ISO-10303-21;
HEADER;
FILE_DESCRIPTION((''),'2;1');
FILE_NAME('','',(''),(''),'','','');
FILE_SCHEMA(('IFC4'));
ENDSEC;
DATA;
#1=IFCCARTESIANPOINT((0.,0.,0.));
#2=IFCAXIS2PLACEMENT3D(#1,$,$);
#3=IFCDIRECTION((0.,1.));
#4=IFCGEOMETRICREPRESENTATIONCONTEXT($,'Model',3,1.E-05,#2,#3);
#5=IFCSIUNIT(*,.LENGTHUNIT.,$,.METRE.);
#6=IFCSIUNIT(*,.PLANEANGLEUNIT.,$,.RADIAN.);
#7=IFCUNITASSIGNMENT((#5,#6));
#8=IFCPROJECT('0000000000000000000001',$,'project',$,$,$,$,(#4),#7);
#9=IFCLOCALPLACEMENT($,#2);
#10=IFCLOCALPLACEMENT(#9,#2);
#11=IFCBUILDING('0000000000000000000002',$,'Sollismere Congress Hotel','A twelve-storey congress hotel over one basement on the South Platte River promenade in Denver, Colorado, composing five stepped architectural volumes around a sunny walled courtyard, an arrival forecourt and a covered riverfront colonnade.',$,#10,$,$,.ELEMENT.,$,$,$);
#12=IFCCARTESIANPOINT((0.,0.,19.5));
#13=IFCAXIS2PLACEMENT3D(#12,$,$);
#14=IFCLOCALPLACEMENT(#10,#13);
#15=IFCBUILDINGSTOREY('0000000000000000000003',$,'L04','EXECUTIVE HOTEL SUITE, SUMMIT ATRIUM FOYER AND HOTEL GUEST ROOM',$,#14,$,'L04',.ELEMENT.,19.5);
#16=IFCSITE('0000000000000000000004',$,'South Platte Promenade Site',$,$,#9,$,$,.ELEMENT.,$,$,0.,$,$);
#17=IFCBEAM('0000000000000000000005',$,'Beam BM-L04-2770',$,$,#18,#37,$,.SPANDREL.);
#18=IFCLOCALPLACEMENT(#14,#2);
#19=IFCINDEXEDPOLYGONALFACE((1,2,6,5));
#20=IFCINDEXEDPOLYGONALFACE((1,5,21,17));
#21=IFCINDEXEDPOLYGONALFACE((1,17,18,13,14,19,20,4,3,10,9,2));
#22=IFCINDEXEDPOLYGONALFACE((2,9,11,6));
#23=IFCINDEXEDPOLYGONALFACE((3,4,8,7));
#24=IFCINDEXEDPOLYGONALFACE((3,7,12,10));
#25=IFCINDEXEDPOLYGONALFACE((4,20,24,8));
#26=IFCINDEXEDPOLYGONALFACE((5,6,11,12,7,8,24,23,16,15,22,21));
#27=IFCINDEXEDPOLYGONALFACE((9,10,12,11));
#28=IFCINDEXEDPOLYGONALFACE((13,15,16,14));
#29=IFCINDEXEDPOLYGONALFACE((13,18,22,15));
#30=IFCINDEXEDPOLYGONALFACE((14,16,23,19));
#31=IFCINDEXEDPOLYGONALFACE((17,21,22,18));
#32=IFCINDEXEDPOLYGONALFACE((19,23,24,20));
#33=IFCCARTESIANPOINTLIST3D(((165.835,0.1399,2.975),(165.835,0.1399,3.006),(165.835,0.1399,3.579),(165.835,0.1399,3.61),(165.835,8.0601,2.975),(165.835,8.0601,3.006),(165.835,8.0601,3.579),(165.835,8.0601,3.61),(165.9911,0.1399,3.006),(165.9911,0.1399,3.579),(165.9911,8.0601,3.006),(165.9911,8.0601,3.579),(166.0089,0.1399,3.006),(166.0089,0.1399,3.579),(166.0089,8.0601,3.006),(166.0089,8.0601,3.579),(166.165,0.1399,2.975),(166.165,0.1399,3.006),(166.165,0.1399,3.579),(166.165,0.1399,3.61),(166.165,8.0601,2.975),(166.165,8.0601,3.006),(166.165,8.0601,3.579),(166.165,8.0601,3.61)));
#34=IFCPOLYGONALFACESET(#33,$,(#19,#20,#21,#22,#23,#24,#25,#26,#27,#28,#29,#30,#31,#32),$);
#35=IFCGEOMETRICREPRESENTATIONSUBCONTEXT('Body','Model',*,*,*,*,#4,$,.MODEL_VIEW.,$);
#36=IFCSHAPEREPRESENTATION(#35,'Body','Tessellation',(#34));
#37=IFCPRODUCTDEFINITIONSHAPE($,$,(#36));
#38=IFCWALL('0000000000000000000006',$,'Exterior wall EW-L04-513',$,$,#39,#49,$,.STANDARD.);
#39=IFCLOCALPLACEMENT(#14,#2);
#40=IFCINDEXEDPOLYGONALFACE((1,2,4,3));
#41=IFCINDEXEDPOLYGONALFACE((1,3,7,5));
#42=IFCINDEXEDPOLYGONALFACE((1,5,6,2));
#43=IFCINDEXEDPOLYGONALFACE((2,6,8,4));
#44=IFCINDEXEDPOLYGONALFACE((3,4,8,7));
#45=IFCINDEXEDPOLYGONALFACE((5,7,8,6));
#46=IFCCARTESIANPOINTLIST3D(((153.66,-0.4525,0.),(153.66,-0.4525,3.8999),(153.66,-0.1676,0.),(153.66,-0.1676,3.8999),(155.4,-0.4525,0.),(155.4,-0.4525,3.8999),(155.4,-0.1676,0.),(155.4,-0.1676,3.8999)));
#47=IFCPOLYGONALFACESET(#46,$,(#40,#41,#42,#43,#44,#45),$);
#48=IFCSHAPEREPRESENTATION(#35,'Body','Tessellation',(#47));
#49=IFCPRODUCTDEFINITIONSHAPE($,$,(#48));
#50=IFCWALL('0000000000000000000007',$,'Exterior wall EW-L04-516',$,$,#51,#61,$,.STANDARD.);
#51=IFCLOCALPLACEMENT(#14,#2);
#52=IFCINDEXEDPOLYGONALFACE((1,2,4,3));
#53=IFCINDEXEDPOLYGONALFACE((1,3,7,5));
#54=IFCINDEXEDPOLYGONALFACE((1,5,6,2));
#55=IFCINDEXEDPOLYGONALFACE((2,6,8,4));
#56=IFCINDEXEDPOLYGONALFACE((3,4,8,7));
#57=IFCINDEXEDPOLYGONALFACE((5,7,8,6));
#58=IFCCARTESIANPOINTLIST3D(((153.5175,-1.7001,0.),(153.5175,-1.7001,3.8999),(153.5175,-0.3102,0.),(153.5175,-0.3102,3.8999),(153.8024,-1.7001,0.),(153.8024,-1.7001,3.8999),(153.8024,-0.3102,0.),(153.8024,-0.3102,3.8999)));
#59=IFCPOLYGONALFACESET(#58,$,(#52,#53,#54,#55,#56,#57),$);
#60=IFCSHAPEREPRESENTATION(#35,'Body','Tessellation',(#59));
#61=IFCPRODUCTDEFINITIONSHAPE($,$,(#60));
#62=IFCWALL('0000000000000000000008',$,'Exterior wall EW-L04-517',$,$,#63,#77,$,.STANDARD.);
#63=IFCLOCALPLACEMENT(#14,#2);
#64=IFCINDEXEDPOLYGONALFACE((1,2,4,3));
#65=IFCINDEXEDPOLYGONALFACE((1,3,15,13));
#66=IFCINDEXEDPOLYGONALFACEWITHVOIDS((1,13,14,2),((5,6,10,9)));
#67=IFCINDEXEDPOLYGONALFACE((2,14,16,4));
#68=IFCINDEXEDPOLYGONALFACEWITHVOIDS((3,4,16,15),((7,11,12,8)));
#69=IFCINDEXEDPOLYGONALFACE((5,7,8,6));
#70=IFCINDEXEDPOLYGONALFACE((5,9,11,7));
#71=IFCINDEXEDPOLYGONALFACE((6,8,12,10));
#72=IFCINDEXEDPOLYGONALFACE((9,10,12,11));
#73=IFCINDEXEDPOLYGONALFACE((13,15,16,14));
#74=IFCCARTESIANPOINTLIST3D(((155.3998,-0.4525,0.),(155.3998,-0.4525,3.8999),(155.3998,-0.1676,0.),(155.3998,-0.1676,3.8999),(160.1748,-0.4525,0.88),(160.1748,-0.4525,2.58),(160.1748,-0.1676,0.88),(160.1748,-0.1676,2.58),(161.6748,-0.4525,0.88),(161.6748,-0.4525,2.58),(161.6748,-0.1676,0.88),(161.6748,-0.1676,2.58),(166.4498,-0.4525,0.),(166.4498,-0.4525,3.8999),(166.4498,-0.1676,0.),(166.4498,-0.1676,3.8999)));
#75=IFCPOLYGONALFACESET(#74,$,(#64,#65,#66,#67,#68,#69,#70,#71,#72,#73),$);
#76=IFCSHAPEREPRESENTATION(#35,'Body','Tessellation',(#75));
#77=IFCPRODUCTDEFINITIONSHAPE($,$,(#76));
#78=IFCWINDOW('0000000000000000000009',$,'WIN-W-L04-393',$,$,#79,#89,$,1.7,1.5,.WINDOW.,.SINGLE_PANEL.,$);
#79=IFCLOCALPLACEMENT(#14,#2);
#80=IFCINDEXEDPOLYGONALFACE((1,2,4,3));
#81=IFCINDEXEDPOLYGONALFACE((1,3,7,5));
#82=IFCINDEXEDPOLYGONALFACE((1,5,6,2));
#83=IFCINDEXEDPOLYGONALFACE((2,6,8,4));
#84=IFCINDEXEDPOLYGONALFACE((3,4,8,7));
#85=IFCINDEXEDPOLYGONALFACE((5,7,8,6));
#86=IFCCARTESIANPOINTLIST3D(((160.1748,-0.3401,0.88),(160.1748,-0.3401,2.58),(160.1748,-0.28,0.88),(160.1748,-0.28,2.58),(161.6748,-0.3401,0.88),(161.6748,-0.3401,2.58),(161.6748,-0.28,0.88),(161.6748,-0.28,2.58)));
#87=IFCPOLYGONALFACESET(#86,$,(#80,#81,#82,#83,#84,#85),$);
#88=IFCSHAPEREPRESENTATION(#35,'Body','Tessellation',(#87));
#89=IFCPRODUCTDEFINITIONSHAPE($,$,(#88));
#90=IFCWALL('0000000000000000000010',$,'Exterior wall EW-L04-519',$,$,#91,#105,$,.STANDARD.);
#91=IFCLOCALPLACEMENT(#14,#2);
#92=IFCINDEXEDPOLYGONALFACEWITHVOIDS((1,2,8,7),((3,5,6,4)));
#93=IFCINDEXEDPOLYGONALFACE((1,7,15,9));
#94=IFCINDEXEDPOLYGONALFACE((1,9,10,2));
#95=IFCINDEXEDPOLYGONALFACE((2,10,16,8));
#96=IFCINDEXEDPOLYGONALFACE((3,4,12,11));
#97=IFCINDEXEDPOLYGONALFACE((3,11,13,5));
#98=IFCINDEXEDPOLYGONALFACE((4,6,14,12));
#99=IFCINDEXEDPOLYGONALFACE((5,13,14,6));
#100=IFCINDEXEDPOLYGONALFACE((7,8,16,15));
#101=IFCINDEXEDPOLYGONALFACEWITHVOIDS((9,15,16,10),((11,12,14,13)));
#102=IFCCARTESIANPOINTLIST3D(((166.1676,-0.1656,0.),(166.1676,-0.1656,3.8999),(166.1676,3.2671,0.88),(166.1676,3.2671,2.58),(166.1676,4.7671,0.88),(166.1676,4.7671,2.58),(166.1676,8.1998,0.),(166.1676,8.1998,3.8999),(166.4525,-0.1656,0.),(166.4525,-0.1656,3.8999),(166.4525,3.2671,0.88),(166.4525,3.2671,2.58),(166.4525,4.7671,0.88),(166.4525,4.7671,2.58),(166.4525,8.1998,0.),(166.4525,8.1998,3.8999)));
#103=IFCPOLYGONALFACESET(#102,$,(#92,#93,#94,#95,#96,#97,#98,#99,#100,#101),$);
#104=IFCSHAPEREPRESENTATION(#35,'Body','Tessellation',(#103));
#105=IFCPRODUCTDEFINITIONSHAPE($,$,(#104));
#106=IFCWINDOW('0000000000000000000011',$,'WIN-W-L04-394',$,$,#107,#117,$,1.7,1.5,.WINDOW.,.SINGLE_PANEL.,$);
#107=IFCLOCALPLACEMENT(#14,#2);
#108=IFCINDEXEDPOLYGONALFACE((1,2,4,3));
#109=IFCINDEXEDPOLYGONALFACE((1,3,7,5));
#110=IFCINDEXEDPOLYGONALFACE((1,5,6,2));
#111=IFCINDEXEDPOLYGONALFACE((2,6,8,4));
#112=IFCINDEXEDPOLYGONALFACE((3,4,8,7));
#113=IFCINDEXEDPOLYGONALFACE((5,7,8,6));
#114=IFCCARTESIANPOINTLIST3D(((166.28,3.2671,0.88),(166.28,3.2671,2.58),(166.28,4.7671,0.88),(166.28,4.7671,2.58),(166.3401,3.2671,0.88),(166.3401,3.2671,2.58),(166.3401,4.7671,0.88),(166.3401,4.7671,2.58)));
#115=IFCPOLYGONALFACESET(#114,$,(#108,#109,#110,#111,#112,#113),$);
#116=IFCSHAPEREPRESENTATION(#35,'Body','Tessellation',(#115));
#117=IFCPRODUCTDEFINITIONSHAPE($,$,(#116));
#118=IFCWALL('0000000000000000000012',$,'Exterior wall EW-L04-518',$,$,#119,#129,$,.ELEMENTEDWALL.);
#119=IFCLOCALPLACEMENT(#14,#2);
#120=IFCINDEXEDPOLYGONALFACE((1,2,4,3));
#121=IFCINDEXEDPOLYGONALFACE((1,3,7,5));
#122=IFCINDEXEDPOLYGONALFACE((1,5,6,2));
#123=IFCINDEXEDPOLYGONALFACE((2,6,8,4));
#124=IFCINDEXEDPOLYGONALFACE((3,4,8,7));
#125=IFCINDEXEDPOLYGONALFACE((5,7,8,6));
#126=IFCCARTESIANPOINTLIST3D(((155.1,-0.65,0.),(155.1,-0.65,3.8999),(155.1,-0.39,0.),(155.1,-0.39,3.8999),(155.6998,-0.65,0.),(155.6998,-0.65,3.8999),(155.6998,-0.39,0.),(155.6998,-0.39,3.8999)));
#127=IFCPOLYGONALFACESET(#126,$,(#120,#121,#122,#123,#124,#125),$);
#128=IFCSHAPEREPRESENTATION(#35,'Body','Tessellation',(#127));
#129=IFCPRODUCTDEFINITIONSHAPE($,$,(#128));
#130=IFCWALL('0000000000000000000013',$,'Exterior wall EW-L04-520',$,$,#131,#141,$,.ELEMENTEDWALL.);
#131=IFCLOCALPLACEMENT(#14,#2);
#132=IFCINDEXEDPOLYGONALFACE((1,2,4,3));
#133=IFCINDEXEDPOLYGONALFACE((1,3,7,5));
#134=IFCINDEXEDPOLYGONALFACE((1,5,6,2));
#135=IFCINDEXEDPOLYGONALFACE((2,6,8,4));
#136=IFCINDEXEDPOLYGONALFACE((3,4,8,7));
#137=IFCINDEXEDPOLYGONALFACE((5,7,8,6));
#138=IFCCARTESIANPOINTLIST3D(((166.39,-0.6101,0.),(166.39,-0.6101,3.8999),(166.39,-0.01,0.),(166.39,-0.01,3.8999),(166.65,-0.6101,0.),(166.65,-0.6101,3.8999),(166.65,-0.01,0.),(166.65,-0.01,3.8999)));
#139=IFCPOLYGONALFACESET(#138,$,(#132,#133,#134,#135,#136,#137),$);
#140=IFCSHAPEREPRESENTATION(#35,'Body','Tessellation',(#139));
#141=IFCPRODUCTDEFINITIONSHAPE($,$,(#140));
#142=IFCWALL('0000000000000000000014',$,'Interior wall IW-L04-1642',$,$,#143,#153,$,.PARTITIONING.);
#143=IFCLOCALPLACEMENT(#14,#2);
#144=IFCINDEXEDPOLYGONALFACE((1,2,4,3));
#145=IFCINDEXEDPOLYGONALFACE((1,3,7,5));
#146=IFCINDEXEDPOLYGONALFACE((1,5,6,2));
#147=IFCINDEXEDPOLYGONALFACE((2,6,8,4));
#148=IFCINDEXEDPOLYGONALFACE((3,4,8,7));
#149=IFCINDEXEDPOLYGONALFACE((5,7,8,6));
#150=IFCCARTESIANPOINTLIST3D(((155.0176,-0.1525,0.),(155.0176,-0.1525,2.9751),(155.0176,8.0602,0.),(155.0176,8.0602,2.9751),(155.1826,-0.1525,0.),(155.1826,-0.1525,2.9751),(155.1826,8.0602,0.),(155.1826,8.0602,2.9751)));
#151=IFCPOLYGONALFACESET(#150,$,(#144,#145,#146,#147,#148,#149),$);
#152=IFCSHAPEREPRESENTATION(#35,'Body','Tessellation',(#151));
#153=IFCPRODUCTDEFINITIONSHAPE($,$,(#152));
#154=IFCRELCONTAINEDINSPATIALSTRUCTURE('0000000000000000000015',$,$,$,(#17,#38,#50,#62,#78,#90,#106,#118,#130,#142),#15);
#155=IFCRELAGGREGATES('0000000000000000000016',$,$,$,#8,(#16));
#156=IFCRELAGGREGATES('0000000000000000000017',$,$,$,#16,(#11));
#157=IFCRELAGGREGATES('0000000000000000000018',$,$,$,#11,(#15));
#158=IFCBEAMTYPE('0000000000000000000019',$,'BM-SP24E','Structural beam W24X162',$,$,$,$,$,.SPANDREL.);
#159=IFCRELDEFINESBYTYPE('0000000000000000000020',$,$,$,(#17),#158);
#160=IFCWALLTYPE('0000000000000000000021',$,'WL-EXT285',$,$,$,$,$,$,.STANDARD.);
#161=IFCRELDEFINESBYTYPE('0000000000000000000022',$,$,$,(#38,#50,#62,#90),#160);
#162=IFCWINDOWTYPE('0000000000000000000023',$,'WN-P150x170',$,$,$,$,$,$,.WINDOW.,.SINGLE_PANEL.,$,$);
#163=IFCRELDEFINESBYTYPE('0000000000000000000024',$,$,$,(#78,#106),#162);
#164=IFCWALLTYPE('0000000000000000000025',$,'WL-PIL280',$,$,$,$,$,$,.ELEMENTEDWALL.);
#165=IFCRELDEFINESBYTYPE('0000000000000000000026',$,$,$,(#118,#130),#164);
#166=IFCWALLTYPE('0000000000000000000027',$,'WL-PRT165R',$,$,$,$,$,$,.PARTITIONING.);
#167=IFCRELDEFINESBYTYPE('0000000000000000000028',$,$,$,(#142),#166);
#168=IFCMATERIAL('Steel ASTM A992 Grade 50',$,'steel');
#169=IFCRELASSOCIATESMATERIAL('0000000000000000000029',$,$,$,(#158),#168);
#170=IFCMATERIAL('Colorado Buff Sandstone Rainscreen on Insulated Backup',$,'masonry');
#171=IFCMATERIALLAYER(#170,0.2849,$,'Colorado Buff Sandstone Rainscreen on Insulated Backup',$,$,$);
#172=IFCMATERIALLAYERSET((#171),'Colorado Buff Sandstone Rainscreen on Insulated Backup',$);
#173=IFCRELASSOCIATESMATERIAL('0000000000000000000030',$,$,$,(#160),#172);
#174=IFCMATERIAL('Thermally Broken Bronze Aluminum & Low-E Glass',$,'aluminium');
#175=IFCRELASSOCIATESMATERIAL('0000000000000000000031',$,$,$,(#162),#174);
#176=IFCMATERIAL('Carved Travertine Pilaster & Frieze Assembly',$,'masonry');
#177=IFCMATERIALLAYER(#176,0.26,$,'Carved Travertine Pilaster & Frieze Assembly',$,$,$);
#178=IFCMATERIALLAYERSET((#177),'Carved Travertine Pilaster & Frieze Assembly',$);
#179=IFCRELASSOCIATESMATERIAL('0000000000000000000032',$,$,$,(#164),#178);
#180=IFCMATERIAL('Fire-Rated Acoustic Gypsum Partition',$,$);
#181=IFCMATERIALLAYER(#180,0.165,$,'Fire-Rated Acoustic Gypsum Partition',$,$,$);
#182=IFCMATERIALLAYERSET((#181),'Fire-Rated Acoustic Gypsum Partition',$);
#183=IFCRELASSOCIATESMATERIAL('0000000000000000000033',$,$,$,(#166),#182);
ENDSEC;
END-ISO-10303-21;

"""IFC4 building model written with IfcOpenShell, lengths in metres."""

from ifc_helpers import new_model, si_unit, direction, frame, frame_2d, origin, origin_2d, place, context, subcontext, project, spatial, rectangle, i_section, extrude, material, layer, layer_set, material_profile, profile_set, type_object, element, fill, save


model = new_model("IFC4")

# Units and contexts
model_context = context("Model", 3, precision=1e-05, world=origin(), true_north=direction((0.0, 1.0)))
body_context = subcontext(model_context, "Body", "Model", "MODEL_VIEW")
ifc_project = project(units=[si_unit("LENGTHUNIT", "METRE"), si_unit("PLANEANGLEUNIT", "RADIAN")], contexts=[model_context])

# Site, building, storey
site_placement = place(None, origin())
site = spatial("IfcSite", under=ifc_project, at=site_placement, Name="South Platte Promenade Site", CompositionType="ELEMENT", RefElevation=0.0)
building_placement = place(site_placement, origin())
building = spatial("IfcBuilding", under=site, at=building_placement, Name="Sollismere Congress Hotel", Description="A twelve-storey congress hotel over one basement on the South Platte River promenade in Denver, Colorado, composing five stepped architectural volumes around a sunny walled courtyard, an arrival forecourt and a covered riverfront colonnade.", CompositionType="ELEMENT")
storey_placement = place(building_placement, frame((0.0, 0.0, 19.5)))
storey = spatial("IfcBuildingStorey", under=building, at=storey_placement, Name="L04", Description="EXECUTIVE HOTEL SUITE, SUMMIT ATRIUM FOYER AND HOTEL GUEST ROOM", LongName="L04", CompositionType="ELEMENT", Elevation=19.5)

# Shared definitions
ifc_material_1 = material(Name="Steel ASTM A992 Grade 50", Category="steel")

# Beam
ifc_material_profile_1 = material_profile(ifc_material_1, i_section(OverallWidth=0.3301, OverallDepth=0.635, WebThickness=0.0178, FlangeThickness=0.031, at=origin_2d()), Name="W24X162")
ifc_profile_set_1 = profile_set([ifc_material_profile_1], Name="Steel ASTM A992 Grade 50")
beam_type_1 = type_object("IfcBeamType", Name="BM-SP24E", Description="Structural beam W24X162", PredefinedType="SPANDREL", material=ifc_profile_set_1)
beam_1_placement = place(storey_placement, frame((166.0, 0.1399, 3.2925), z_axis=(0.0, 1.0, 0.0), x_axis=(-1.0, 0.0, 0.0)))
element("IfcBeam", 1, at=beam_1_placement, inside=storey, type_object=beam_type_1, Name="Beam BM-L04-2770", PredefinedType="SPANDREL", context=body_context, shape_type="SweptSolid", body=[
    extrude(i_section(OverallWidth=0.3301, OverallDepth=0.635, WebThickness=0.0178, FlangeThickness=0.031, at=origin_2d()), origin(), (0.0, 0.0, 1.0), 7.9202),
])

# Walls
ifc_material_2 = material(Name="Colorado Buff Sandstone Rainscreen on Insulated Backup", Category="masonry")
ifc_layer_1 = layer(ifc_material_2, 0.2849, Name="Colorado Buff Sandstone Rainscreen on Insulated Backup")
ifc_layer_set_1 = layer_set([ifc_layer_1], Name="Colorado Buff Sandstone Rainscreen on Insulated Backup")
wall_type_1 = type_object("IfcWallType", Name="WL-EXT285", PredefinedType="STANDARD", material=ifc_layer_set_1)
wall_1_placement = place(storey_placement, frame((153.6599, -0.3101, 0.0), z_axis=(0.0, 0.0, 1.0), x_axis=(1.0, 0.0, 0.0)))
element("IfcWall", 2, at=wall_1_placement, inside=storey, type_object=wall_type_1, Name="Exterior wall EW-L04-513", PredefinedType="STANDARD", context=body_context, shape_type="SweptSolid", body=[
    extrude(rectangle(XDim=1.74, YDim=0.2849, at=frame_2d((0.8701, 0.0))), origin(), (0.0, 0.0, 1.0), 3.8999),
])
wall_2_placement = place(storey_placement, frame((153.6599, -1.7, 0.0), z_axis=(0.0, 0.0, 1.0), x_axis=(0.0, 1.0, 0.0)))
element("IfcWall", 3, at=wall_2_placement, inside=storey, type_object=wall_type_1, Name="Exterior wall EW-L04-516", PredefinedType="STANDARD", context=body_context, shape_type="SweptSolid", body=[
    extrude(rectangle(XDim=1.3899, YDim=0.2849, at=frame_2d((0.6948, 0.0))), origin(), (0.0, 0.0, 1.0), 3.8999),
])

# Walls, openings, windows
wall_3_placement = place(storey_placement, frame((155.3999, -0.3101, 0.0), z_axis=(0.0, 0.0, 1.0), x_axis=(1.0, 0.0, 0.0)))
wall_3 = element("IfcWall", 4, at=wall_3_placement, inside=storey, type_object=wall_type_1, Name="Exterior wall EW-L04-517", PredefinedType="STANDARD", context=body_context, shape_type="SweptSolid", body=[
    extrude(rectangle(XDim=11.05, YDim=0.2849, at=frame_2d((5.5249, 0.0))), origin(), (0.0, 0.0, 1.0), 3.8999),
])
opening_1_placement = place(wall_3_placement, frame((4.7749, 0.0, 0.8799)))
opening_1 = element("IfcOpeningElement", 5, at=opening_1_placement, cuts=wall_3, PredefinedType="OPENING", context=body_context, shape_type="SweptSolid", body=[
    extrude(rectangle(XDim=1.5, YDim=1.7, at=frame_2d((0.75, 0.8501))), frame((0.0, 0.1523, 0.0), z_axis=(0.0, -1.0, 0.0), x_axis=(1.0, 0.0, 0.0)), (0.0, 0.0, 1.0), 0.3049),
])
ifc_material_3 = material(Name="Thermally Broken Bronze Aluminum & Low-E Glass", Category="aluminium")
window_type = type_object("IfcWindowType", Name="WN-P150x170", PartitioningType="SINGLE_PANEL", PredefinedType="WINDOW", material=ifc_material_3)
window_1_placement = place(opening_1_placement, origin())
window_1 = element("IfcWindow", 6, at=window_1_placement, inside=storey, type_object=window_type, Name="WIN-W-L04-393", OverallHeight=1.7, OverallWidth=1.5, PartitioningType="SINGLE_PANEL", PredefinedType="WINDOW", context=body_context, shape_type="SweptSolid", body=[
    extrude(rectangle(XDim=1.5, YDim=1.7, at=frame_2d((0.75, 0.8501))), frame((0.0, 0.03, 0.0), z_axis=(0.0, -1.0, 0.0), x_axis=(1.0, 0.0, 0.0)), (0.0, 0.0, 1.0), 0.0601),
])
fill(opening_1, window_1)
wall_4_placement = place(storey_placement, frame((166.3101, -0.1655, 0.0), z_axis=(0.0, 0.0, 1.0), x_axis=(0.0, 1.0, 0.0)))
wall_4 = element("IfcWall", 7, at=wall_4_placement, inside=storey, type_object=wall_type_1, Name="Exterior wall EW-L04-519", PredefinedType="STANDARD", context=body_context, shape_type="SweptSolid", body=[
    extrude(rectangle(XDim=8.3655, YDim=0.2849, at=frame_2d((4.1826, 0.0))), origin(), (0.0, 0.0, 1.0), 3.8999),
])
opening_2_placement = place(wall_4_placement, frame((3.4326, 0.0, 0.8799)))
opening_2 = element("IfcOpeningElement", 8, at=opening_2_placement, cuts=wall_4, PredefinedType="OPENING", context=body_context, shape_type="SweptSolid", body=[
    extrude(rectangle(XDim=1.5, YDim=1.7, at=frame_2d((0.75, 0.8501))), frame((0.0, 0.1523, 0.0), z_axis=(0.0, -1.0, 0.0), x_axis=(1.0, 0.0, 0.0)), (0.0, 0.0, 1.0), 0.3049),
])
window_2_placement = place(opening_2_placement, origin())
window_2 = element("IfcWindow", 9, at=window_2_placement, inside=storey, type_object=window_type, Name="WIN-W-L04-394", OverallHeight=1.7, OverallWidth=1.5, PartitioningType="SINGLE_PANEL", PredefinedType="WINDOW", context=body_context, shape_type="SweptSolid", body=[
    extrude(rectangle(XDim=1.5, YDim=1.7, at=frame_2d((0.75, 0.8501))), frame((0.0, 0.03, 0.0), z_axis=(0.0, -1.0, 0.0), x_axis=(1.0, 0.0, 0.0)), (0.0, 0.0, 1.0), 0.0601),
])
fill(opening_2, window_2)

# Walls
ifc_material_4 = material(Name="Carved Travertine Pilaster & Frieze Assembly", Category="masonry")
ifc_layer_2 = layer(ifc_material_4, 0.26, Name="Carved Travertine Pilaster & Frieze Assembly")
ifc_layer_set_2 = layer_set([ifc_layer_2], Name="Carved Travertine Pilaster & Frieze Assembly")
wall_type_2 = type_object("IfcWallType", Name="WL-PIL280", PredefinedType="ELEMENTEDWALL", material=ifc_layer_set_2)
wall_5_placement = place(storey_placement, frame((155.1001, -0.52, 0.0), z_axis=(0.0, 0.0, 1.0), x_axis=(1.0, 0.0, 0.0)))
element("IfcWall", 10, at=wall_5_placement, inside=storey, type_object=wall_type_2, Name="Exterior wall EW-L04-518", PredefinedType="ELEMENTEDWALL", context=body_context, shape_type="SweptSolid", body=[
    extrude(rectangle(XDim=0.5999, YDim=0.26, at=frame_2d((0.2998, 0.0))), origin(), (0.0, 0.0, 1.0), 3.8999),
])
wall_6_placement = place(storey_placement, frame((166.52, -0.6101, 0.0), z_axis=(0.0, 0.0, 1.0), x_axis=(0.0, 1.0, 0.0)))
element("IfcWall", 11, at=wall_6_placement, inside=storey, type_object=wall_type_2, Name="Exterior wall EW-L04-520", PredefinedType="ELEMENTEDWALL", context=body_context, shape_type="SweptSolid", body=[
    extrude(rectangle(XDim=0.6001, YDim=0.26, at=frame_2d((0.3, 0.0))), origin(), (0.0, 0.0, 1.0), 3.8999),
])
ifc_material_5 = material(Name="Fire-Rated Acoustic Gypsum Partition")
ifc_layer_3 = layer(ifc_material_5, 0.165, Name="Fire-Rated Acoustic Gypsum Partition")
ifc_layer_set_3 = layer_set([ifc_layer_3], Name="Fire-Rated Acoustic Gypsum Partition")
wall_type_3 = type_object("IfcWallType", Name="WL-PRT165R", PredefinedType="PARTITIONING", material=ifc_layer_set_3)
wall_7_placement = place(storey_placement, frame((155.1001, -0.1526, 0.0), z_axis=(0.0, 0.0, 1.0), x_axis=(0.0, 1.0, 0.0)))
element("IfcWall", 12, at=wall_7_placement, inside=storey, type_object=wall_type_3, Name="Interior wall IW-L04-1642", PredefinedType="PARTITIONING", context=body_context, shape_type="SweptSolid", body=[
    extrude(rectangle(XDim=8.2126, YDim=0.165, at=frame_2d((4.1064, 0.0))), origin(), (0.0, 0.0, 1.0), 2.9751),
])

save(model, "model.ifc")
